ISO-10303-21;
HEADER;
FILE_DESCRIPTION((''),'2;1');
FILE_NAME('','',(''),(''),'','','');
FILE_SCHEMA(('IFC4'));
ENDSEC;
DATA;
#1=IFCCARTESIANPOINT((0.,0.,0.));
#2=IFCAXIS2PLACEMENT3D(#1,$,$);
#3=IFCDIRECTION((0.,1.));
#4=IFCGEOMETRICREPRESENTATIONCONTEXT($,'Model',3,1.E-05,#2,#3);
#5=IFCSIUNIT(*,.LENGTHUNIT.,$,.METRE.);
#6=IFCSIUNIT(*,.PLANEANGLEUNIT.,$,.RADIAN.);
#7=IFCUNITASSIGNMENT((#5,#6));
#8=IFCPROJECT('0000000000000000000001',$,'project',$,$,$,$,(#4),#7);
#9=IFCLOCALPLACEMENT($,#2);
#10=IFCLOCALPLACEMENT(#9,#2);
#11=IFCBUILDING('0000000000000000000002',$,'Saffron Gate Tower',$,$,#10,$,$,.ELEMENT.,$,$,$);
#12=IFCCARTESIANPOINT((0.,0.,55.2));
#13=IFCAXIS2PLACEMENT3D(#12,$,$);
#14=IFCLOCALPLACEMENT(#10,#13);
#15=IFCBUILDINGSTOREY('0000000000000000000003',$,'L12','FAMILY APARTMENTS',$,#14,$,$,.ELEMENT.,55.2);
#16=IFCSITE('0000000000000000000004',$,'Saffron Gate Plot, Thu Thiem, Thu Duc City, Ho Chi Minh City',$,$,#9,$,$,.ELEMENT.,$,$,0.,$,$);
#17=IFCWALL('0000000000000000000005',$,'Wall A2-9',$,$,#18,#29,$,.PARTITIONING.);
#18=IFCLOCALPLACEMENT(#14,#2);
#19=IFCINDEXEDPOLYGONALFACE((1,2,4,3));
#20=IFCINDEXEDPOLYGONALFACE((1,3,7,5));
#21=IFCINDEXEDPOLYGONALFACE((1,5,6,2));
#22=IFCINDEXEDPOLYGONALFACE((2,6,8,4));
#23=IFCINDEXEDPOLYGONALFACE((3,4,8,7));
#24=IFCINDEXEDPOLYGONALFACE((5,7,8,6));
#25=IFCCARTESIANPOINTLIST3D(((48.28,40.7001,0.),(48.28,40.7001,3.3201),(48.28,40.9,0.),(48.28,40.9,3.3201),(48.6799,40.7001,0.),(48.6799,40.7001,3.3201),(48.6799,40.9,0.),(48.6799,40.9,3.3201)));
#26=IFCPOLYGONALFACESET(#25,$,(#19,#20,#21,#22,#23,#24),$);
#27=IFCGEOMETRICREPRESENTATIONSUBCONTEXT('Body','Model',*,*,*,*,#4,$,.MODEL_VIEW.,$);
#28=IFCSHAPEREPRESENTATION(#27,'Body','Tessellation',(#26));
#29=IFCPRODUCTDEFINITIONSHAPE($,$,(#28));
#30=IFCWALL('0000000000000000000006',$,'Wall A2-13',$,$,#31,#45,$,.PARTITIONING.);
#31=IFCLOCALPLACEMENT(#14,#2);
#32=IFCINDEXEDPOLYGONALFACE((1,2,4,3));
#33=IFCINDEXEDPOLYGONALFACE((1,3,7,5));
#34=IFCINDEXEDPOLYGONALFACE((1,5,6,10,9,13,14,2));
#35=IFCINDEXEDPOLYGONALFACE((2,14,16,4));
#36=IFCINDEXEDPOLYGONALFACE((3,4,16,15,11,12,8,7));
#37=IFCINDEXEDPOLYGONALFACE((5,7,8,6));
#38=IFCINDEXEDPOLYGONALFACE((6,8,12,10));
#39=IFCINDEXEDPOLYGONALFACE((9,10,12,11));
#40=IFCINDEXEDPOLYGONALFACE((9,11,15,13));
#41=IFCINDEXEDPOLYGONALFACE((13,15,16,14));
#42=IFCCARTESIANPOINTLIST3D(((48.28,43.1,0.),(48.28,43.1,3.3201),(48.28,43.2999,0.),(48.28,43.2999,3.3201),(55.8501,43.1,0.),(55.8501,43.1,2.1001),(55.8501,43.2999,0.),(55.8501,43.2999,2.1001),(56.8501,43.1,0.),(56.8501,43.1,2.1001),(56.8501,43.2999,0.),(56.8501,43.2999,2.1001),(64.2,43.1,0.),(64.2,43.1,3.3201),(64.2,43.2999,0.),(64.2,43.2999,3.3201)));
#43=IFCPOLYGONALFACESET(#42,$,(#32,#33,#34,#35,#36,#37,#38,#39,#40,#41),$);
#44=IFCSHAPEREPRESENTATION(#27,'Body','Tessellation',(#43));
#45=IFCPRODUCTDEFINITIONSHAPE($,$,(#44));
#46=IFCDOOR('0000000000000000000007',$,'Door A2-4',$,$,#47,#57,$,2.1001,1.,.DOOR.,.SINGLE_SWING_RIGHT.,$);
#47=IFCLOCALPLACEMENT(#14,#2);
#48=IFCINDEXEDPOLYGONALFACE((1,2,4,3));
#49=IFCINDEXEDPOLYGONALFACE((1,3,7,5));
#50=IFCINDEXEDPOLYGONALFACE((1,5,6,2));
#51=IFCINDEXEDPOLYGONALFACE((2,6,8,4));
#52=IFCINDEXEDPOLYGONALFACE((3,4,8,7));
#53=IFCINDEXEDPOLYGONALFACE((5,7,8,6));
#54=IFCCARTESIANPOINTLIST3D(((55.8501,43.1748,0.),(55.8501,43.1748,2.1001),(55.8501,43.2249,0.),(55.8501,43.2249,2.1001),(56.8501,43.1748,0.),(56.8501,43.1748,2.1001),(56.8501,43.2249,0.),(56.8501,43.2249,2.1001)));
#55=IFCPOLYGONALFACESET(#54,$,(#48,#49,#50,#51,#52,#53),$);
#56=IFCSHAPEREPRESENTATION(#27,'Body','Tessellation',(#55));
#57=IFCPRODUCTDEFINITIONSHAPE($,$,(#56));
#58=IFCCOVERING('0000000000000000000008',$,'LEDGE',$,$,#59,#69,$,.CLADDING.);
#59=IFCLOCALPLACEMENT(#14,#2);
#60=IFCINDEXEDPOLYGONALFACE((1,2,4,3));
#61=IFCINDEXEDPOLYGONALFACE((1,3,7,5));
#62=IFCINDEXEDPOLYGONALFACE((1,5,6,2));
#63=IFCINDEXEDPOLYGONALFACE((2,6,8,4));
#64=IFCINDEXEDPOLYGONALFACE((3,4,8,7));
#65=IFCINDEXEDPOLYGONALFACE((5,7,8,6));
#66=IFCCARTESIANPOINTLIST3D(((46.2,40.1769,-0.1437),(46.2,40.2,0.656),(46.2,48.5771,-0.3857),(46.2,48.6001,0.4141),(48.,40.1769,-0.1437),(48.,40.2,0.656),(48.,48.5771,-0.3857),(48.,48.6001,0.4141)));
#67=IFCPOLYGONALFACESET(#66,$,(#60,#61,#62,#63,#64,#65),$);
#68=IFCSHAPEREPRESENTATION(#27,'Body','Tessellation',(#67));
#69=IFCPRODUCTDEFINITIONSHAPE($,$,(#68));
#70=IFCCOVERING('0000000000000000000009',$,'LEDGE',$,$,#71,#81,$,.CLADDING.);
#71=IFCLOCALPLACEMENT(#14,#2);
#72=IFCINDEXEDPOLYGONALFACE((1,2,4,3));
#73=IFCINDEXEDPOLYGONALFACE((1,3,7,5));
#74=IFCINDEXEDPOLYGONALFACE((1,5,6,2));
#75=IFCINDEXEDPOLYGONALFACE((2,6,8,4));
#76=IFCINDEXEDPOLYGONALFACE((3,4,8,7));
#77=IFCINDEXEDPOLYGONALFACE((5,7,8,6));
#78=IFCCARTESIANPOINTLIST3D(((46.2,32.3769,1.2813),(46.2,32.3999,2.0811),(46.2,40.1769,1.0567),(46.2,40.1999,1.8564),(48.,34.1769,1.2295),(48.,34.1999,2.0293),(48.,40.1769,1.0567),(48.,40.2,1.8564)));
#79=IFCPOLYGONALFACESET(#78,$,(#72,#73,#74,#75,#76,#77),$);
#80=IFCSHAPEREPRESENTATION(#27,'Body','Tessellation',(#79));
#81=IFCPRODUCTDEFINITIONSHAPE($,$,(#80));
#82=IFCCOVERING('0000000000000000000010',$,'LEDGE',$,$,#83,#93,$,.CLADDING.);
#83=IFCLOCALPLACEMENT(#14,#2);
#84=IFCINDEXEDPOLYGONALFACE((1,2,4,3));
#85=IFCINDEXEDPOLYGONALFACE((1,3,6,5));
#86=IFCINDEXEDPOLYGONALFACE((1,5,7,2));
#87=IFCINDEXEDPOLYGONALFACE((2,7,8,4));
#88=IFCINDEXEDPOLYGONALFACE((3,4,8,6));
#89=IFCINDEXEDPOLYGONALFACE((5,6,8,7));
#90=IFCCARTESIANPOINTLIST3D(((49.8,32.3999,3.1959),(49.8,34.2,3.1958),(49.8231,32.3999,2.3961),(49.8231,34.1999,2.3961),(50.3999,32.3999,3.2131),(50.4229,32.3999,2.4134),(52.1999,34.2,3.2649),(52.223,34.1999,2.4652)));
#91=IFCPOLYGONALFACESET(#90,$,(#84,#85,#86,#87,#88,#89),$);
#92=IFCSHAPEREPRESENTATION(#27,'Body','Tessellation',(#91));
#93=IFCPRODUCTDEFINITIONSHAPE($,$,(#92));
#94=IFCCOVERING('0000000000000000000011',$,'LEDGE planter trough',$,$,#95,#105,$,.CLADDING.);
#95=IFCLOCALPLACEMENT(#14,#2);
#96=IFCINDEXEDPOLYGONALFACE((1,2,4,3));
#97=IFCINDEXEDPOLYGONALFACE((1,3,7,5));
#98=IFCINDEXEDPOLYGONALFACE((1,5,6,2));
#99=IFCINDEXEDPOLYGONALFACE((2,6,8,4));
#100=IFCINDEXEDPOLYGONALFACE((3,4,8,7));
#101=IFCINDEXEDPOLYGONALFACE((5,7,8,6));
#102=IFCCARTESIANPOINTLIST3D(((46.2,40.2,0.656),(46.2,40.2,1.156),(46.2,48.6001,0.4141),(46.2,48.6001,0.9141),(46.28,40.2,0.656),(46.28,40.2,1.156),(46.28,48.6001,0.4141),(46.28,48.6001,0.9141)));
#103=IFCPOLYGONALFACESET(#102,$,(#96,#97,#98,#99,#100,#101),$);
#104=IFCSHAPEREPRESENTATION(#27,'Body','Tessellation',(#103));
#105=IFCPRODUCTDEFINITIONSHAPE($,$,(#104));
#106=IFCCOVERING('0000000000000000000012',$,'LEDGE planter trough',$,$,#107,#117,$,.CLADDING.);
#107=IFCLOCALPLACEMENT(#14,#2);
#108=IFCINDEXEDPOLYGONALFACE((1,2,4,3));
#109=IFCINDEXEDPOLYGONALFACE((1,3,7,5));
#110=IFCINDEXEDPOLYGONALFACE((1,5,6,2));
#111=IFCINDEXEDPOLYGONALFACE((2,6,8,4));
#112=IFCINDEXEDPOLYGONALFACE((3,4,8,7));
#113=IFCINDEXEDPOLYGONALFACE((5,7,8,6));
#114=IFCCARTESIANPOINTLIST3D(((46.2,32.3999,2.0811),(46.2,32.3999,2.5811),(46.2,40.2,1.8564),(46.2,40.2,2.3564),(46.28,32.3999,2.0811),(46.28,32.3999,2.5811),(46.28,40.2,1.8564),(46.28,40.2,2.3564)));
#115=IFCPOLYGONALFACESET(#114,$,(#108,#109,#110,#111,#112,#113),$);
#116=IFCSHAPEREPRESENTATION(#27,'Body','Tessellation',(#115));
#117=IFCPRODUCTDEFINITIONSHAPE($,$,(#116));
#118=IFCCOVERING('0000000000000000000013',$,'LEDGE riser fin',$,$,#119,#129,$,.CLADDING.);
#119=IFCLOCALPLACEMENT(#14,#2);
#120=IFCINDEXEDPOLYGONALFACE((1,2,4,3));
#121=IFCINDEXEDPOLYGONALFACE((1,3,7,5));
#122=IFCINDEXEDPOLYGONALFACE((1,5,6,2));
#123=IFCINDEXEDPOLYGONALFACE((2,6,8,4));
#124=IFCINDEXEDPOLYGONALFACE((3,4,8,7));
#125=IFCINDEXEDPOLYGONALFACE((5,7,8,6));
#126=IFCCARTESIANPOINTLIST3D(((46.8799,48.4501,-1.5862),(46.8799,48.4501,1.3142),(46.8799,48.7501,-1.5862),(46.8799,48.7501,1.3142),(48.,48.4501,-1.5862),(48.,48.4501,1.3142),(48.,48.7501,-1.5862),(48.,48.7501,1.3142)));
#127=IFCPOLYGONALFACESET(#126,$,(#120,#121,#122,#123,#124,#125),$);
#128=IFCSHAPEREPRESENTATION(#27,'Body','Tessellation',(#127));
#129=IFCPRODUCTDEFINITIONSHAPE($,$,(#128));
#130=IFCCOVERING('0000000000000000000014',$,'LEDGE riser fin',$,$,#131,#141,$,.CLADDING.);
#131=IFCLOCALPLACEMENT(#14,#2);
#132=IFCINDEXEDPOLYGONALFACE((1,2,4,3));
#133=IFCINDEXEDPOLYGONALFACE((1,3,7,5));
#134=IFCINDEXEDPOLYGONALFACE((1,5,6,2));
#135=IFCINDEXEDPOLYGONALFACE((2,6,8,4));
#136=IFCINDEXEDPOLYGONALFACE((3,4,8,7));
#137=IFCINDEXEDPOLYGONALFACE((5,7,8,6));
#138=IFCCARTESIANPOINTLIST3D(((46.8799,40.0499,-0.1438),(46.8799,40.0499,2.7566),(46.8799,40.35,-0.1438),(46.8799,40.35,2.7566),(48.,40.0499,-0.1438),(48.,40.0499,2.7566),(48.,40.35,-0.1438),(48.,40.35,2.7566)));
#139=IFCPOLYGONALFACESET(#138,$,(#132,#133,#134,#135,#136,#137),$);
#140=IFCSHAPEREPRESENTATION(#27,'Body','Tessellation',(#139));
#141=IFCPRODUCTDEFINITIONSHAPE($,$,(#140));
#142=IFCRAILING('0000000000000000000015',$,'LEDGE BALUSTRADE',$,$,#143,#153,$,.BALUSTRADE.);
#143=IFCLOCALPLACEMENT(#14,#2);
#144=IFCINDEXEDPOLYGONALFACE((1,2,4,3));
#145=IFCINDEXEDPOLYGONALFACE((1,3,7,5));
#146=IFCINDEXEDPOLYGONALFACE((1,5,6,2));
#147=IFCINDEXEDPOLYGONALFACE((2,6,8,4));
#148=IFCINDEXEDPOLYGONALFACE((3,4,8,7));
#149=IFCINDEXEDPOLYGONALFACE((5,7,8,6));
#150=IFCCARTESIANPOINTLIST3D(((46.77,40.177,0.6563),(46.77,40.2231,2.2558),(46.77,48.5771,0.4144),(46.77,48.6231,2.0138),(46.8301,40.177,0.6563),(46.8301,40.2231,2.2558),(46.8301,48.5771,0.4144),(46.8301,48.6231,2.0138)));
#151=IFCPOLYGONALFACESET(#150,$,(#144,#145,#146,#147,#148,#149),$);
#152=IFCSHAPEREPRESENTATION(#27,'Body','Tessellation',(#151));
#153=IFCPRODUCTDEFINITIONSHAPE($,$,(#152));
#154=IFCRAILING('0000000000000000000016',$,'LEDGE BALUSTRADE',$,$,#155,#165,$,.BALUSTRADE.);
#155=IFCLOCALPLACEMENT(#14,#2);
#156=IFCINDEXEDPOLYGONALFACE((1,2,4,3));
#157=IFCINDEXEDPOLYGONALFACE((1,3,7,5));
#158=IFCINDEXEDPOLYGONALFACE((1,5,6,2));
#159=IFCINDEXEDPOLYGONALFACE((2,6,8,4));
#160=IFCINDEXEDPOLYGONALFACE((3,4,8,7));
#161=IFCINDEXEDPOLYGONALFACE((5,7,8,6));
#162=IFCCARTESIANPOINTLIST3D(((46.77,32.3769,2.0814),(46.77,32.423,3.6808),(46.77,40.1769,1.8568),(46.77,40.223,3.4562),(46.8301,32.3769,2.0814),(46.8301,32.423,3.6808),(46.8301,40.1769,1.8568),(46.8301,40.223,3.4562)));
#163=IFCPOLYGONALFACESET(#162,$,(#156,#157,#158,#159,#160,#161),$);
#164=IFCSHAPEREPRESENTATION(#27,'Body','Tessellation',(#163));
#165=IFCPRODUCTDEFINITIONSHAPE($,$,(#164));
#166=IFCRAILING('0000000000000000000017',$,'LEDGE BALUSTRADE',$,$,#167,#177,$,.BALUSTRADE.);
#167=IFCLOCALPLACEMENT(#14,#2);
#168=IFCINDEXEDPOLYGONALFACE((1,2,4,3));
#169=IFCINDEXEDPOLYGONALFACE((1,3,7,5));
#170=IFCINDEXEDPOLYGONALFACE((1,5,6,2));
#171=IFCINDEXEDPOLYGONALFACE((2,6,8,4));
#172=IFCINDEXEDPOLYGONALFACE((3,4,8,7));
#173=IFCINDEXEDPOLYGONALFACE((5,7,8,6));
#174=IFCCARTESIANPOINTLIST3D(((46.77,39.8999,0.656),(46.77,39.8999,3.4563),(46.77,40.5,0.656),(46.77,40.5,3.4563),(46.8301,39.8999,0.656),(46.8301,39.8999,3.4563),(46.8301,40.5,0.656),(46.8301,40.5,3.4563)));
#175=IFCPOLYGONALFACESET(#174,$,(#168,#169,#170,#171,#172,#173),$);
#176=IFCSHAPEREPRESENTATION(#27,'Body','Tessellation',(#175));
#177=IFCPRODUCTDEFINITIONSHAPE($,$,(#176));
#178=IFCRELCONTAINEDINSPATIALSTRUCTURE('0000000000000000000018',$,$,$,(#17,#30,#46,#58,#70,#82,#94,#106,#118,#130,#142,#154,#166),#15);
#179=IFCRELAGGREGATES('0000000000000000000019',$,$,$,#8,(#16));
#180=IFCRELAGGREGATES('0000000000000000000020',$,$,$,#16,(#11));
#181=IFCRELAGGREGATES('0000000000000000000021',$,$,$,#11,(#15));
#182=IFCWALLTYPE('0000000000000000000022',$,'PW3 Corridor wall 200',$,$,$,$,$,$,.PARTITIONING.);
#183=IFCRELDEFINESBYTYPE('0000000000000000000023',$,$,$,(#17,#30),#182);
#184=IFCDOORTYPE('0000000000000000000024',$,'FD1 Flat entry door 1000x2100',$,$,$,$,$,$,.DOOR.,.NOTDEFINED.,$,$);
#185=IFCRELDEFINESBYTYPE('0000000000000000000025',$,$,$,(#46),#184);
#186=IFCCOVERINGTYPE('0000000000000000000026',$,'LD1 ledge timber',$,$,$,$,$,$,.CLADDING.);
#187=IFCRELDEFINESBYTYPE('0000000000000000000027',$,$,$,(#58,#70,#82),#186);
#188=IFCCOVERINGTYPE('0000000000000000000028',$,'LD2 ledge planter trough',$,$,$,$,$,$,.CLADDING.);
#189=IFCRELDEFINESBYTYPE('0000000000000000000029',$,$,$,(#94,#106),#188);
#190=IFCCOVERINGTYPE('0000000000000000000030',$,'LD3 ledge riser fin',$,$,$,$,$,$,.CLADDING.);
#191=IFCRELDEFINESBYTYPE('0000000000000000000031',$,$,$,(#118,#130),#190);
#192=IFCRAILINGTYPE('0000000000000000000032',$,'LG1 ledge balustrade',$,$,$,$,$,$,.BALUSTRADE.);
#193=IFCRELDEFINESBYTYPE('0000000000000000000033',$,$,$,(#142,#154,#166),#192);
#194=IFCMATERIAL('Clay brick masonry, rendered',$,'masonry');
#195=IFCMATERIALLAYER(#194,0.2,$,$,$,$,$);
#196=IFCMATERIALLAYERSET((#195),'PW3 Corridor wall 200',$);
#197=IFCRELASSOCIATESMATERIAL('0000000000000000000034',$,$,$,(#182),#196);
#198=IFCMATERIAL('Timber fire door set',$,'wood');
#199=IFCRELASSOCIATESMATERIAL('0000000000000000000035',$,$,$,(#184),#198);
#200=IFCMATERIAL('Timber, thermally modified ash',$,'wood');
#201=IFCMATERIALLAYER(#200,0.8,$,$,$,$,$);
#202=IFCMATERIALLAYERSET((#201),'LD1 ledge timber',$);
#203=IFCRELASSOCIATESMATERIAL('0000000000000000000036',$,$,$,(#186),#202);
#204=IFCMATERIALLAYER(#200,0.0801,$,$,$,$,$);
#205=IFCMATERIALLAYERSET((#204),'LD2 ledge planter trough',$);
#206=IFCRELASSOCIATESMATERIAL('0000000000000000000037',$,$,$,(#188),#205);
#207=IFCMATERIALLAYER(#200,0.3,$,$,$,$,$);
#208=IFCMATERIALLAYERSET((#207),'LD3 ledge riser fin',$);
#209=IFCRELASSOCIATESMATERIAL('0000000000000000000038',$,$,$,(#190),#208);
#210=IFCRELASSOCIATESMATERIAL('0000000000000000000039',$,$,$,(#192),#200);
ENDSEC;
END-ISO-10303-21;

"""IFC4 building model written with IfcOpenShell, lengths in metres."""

from ifc_helpers import new_model, si_unit, direction, frame, frame_2d, origin, origin_2d, place, context, subcontext, project, spatial, polyline, rectangle, outline, extrude, material, layer, layer_set, type_object, element, fill, save


model = new_model("IFC4")

# Units and contexts
model_context = context("Model", 3, precision=1e-05, world=origin(), true_north=direction((0.0, 1.0)))
body_context = subcontext(model_context, "Body", "Model", "MODEL_VIEW")
ifc_project = project(units=[si_unit("LENGTHUNIT", "METRE"), si_unit("PLANEANGLEUNIT", "RADIAN")], contexts=[model_context])

# Site, building, storey
site_placement = place(None, origin())
site = spatial("IfcSite", under=ifc_project, at=site_placement, Name="Saffron Gate Plot, Thu Thiem, Thu Duc City, Ho Chi Minh City", CompositionType="ELEMENT", RefElevation=0.0)
building_placement = place(site_placement, origin())
building = spatial("IfcBuilding", under=site, at=building_placement, Name="Saffron Gate Tower", CompositionType="ELEMENT")
storey_placement = place(building_placement, frame((0.0, 0.0, 55.2)))
storey = spatial("IfcBuildingStorey", under=building, at=storey_placement, Name="L12", Description="FAMILY APARTMENTS", CompositionType="ELEMENT", Elevation=55.2)

# Wall
ifc_material_1 = material(Name="Clay brick masonry, rendered", Category="masonry")
ifc_layer_1 = layer(ifc_material_1, 0.2)
ifc_layer_set_1 = layer_set([ifc_layer_1], Name="PW3 Corridor wall 200")
wall_type_1 = type_object("IfcWallType", Name="PW3 Corridor wall 200", PredefinedType="PARTITIONING", material=ifc_layer_set_1)
wall_1_placement = place(storey_placement, frame((48.28, 40.8, 0.0), z_axis=(0.0, 0.0, 1.0), x_axis=(1.0, 0.0, 0.0)))
element("IfcWall", 1, at=wall_1_placement, inside=storey, type_object=wall_type_1, Name="Wall A2-9", PredefinedType="PARTITIONING", context=body_context, shape_type="SweptSolid", body=[
    extrude(rectangle(XDim=0.3999, YDim=0.2, at=frame_2d((0.2, 0.0))), origin(), (0.0, 0.0, 1.0), 3.3201),
])

# Wall, opening, door
wall_2_placement = place(storey_placement, frame((48.28, 43.2, 0.0), z_axis=(0.0, 0.0, 1.0), x_axis=(1.0, 0.0, 0.0)))
wall_2 = element("IfcWall", 2, at=wall_2_placement, inside=storey, type_object=wall_type_1, Name="Wall A2-13", PredefinedType="PARTITIONING", context=body_context, shape_type="SweptSolid", body=[
    extrude(rectangle(XDim=15.9199, YDim=0.2, at=frame_2d((7.96, 0.0))), origin(), (0.0, 0.0, 1.0), 3.3201),
])
opening_placement = place(wall_2_placement, frame((7.5701, 0.0, 0.0)))
opening = element("IfcOpeningElement", 3, at=opening_placement, cuts=wall_2, PredefinedType="OPENING", context=body_context, shape_type="SweptSolid", body=[
    extrude(rectangle(XDim=1.0, YDim=2.1001, at=frame_2d((0.5, 1.05))), frame((0.0, 0.1099, 0.0), z_axis=(0.0, -1.0, 0.0), x_axis=(1.0, 0.0, 0.0)), (0.0, 0.0, 1.0), 0.22),
])
ifc_material_2 = material(Name="Timber fire door set", Category="wood")
door_type = type_object("IfcDoorType", Name="FD1 Flat entry door 1000x2100", OperationType="NOTDEFINED", PredefinedType="DOOR", material=ifc_material_2)
door_placement = place(opening_placement, origin())
door = element("IfcDoor", 4, at=door_placement, inside=storey, type_object=door_type, Name="Door A2-4", OperationType="SINGLE_SWING_RIGHT", OverallHeight=2.1001, OverallWidth=1.0, PredefinedType="DOOR", context=body_context, shape_type="SweptSolid", body=[
    extrude(rectangle(XDim=1.0, YDim=2.1001, at=frame_2d((0.5, 1.05))), frame((0.0, 0.0249, 0.0), z_axis=(0.0, -1.0, 0.0), x_axis=(1.0, 0.0, 0.0)), (0.0, 0.0, 1.0), 0.05),
])
fill(opening, door)

# Coverings
ifc_material_3 = material(Name="Timber, thermally modified ash", Category="wood")
ifc_layer_2 = layer(ifc_material_3, 0.8)
ifc_layer_set_2 = layer_set([ifc_layer_2], Name="LD1 ledge timber")
covering_type_1 = type_object("IfcCoveringType", Name="LD1 ledge timber", PredefinedType="CLADDING", material=ifc_layer_set_2)
covering_1_placement = place(storey_placement, frame((48.0, 48.6001, 0.4141), z_axis=(0.0, 0.02879, 0.999585), x_axis=(0.0, -0.999585, 0.02879)))
element("IfcCovering", 5, at=covering_1_placement, inside=storey, type_object=covering_type_1, Name="LEDGE", PredefinedType="CLADDING", context=body_context, shape_type="SweptSolid", body=[
    extrude(outline(polyline([(0.0, 0.0), (8.4036, 0.0), (8.4036, -1.8), (0.0, -1.8), (0.0, 0.0)])), origin(), (0.0, 0.0, -1.0), 0.8),
])
covering_2_placement = place(storey_placement, frame((48.0, 40.2, 1.8564), z_axis=(-0.000024, 0.028789, 0.999585), x_axis=(0.0, -0.999585, 0.028789)))
element("IfcCovering", 6, at=covering_2_placement, inside=storey, type_object=covering_type_1, Name="LEDGE", PredefinedType="CLADDING", context=body_context, shape_type="SweptSolid", body=[
    extrude(outline(polyline([(0.0, 0.0), (6.0025, 0.0), (7.8033, -1.8), (0.0, -1.8), (0.0, 0.0)])), origin(), (0.0, 0.0, -1.0), 0.8),
])
covering_3_placement = place(storey_placement, frame((49.8, 34.2, 3.1958), z_axis=(-0.028799, 0.000029, 0.999585), x_axis=(0.999585, 0.0, 0.028799)))
element("IfcCovering", 7, at=covering_3_placement, inside=storey, type_object=covering_type_1, Name="LEDGE", PredefinedType="CLADDING", context=body_context, shape_type="SweptSolid", body=[
    extrude(outline(polyline([(0.0, 0.0), (2.4009, 0.0), (0.6001, -1.8), (0.0, -1.8), (0.0, 0.0)])), origin(), (0.0, 0.0, -1.0), 0.8),
])
ifc_layer_3 = layer(ifc_material_3, 0.0801)
ifc_layer_set_3 = layer_set([ifc_layer_3], Name="LD2 ledge planter trough")
covering_type_2 = type_object("IfcCoveringType", Name="LD2 ledge planter trough", PredefinedType="CLADDING", material=ifc_layer_set_3)
covering_4_placement = place(storey_placement, frame((46.2, 48.6001, 0.4141), z_axis=(-1.0, 0.0, 0.0), x_axis=(0.0, -0.999585, 0.02879)))
element("IfcCovering", 8, at=covering_4_placement, inside=storey, type_object=covering_type_2, Name="LEDGE planter trough", PredefinedType="CLADDING", context=body_context, shape_type="SweptSolid", body=[
    extrude(outline(polyline([(0.0, 0.0), (8.4036, 0.0), (8.418, 0.4998), (0.0144, 0.4998), (0.0, 0.0)])), origin(), (0.0, 0.0, -1.0), 0.0801),
])
covering_5_placement = place(storey_placement, frame((46.2, 40.2, 1.8564), z_axis=(-1.0, 0.0, 0.0), x_axis=(0.0, -0.999586, 0.028784)))
element("IfcCovering", 9, at=covering_5_placement, inside=storey, type_object=covering_type_2, Name="LEDGE planter trough", PredefinedType="CLADDING", context=body_context, shape_type="SweptSolid", body=[
    extrude(outline(polyline([(0.0, 0.0), (7.8033, 0.0), (7.8177, 0.4998), (0.0144, 0.4998), (0.0, 0.0)])), origin(), (0.0, 0.0, -1.0), 0.0801),
])
ifc_layer_4 = layer(ifc_material_3, 0.3)
ifc_layer_set_4 = layer_set([ifc_layer_4], Name="LD3 ledge riser fin")
covering_type_3 = type_object("IfcCoveringType", Name="LD3 ledge riser fin", PredefinedType="CLADDING", material=ifc_layer_set_4)
for number, where, z_axis, x_axis, name in (
    (10, (47.4399, 48.6001, -1.5862), (0.0, 0.0, 1.0), (0.0, -1.0, 0.0), "LEDGE riser fin"),
    (11, (47.4399, 40.2, -0.1438), (0.0, 0.0, 1.0), (0.0, -1.0, 0.0), "LEDGE riser fin"),
):
    element("IfcCovering", number, at=place(storey_placement, frame(where, z_axis=z_axis, x_axis=x_axis)), inside=storey, type_object=covering_type_3, Name=name, PredefinedType="CLADDING", context=body_context, shape_type="SweptSolid", body=[
        extrude(rectangle(XDim=0.3, YDim=1.1201, at=origin_2d()), origin(), (0.0, 0.0, 1.0), 2.9004),
    ])

# Railings
railing_type = type_object("IfcRailingType", Name="LG1 ledge balustrade", PredefinedType="BALUSTRADE", material=ifc_material_3)
railing_1_placement = place(storey_placement, frame((46.8, 48.6001, 0.4141)))
element("IfcRailing", 12, at=railing_1_placement, inside=storey, type_object=railing_type, Name="LEDGE BALUSTRADE", PredefinedType="BALUSTRADE", context=body_context, shape_type="SweptSolid", body=[
    extrude(rectangle(XDim=0.0601, YDim=1.6001, at=origin_2d()), frame((0.0, 0.0, 0.8), z_axis=(0.0, -0.999585, 0.02879), x_axis=(1.0, 0.0, 0.0)), (0.0, 0.0, 1.0), 8.4036),
])
railing_2_placement = place(storey_placement, frame((46.8, 40.2, 1.8564)))
element("IfcRailing", 13, at=railing_2_placement, inside=storey, type_object=railing_type, Name="LEDGE BALUSTRADE", PredefinedType="BALUSTRADE", context=body_context, shape_type="SweptSolid", body=[
    extrude(rectangle(XDim=0.0601, YDim=1.6001, at=origin_2d()), frame((0.0, 0.0, 0.8), z_axis=(0.0, -0.999586, 0.028784), x_axis=(1.0, 0.0, 0.0)), (0.0, 0.0, 1.0), 7.8032),
])
railing_3_placement = place(storey_placement, frame((46.8, 40.5, 0.656)))
element("IfcRailing", 14, at=railing_3_placement, inside=storey, type_object=railing_type, Name="LEDGE BALUSTRADE", PredefinedType="BALUSTRADE", context=body_context, shape_type="SweptSolid", body=[
    extrude(rectangle(XDim=0.0601, YDim=2.8003, at=origin_2d()), frame((0.0, 0.0, 1.4001), z_axis=(0.0, -1.0, 0.0), x_axis=(1.0, 0.0, 0.0)), (0.0, 0.0, 1.0), 0.6001),
])

save(model, "model.ifc")
